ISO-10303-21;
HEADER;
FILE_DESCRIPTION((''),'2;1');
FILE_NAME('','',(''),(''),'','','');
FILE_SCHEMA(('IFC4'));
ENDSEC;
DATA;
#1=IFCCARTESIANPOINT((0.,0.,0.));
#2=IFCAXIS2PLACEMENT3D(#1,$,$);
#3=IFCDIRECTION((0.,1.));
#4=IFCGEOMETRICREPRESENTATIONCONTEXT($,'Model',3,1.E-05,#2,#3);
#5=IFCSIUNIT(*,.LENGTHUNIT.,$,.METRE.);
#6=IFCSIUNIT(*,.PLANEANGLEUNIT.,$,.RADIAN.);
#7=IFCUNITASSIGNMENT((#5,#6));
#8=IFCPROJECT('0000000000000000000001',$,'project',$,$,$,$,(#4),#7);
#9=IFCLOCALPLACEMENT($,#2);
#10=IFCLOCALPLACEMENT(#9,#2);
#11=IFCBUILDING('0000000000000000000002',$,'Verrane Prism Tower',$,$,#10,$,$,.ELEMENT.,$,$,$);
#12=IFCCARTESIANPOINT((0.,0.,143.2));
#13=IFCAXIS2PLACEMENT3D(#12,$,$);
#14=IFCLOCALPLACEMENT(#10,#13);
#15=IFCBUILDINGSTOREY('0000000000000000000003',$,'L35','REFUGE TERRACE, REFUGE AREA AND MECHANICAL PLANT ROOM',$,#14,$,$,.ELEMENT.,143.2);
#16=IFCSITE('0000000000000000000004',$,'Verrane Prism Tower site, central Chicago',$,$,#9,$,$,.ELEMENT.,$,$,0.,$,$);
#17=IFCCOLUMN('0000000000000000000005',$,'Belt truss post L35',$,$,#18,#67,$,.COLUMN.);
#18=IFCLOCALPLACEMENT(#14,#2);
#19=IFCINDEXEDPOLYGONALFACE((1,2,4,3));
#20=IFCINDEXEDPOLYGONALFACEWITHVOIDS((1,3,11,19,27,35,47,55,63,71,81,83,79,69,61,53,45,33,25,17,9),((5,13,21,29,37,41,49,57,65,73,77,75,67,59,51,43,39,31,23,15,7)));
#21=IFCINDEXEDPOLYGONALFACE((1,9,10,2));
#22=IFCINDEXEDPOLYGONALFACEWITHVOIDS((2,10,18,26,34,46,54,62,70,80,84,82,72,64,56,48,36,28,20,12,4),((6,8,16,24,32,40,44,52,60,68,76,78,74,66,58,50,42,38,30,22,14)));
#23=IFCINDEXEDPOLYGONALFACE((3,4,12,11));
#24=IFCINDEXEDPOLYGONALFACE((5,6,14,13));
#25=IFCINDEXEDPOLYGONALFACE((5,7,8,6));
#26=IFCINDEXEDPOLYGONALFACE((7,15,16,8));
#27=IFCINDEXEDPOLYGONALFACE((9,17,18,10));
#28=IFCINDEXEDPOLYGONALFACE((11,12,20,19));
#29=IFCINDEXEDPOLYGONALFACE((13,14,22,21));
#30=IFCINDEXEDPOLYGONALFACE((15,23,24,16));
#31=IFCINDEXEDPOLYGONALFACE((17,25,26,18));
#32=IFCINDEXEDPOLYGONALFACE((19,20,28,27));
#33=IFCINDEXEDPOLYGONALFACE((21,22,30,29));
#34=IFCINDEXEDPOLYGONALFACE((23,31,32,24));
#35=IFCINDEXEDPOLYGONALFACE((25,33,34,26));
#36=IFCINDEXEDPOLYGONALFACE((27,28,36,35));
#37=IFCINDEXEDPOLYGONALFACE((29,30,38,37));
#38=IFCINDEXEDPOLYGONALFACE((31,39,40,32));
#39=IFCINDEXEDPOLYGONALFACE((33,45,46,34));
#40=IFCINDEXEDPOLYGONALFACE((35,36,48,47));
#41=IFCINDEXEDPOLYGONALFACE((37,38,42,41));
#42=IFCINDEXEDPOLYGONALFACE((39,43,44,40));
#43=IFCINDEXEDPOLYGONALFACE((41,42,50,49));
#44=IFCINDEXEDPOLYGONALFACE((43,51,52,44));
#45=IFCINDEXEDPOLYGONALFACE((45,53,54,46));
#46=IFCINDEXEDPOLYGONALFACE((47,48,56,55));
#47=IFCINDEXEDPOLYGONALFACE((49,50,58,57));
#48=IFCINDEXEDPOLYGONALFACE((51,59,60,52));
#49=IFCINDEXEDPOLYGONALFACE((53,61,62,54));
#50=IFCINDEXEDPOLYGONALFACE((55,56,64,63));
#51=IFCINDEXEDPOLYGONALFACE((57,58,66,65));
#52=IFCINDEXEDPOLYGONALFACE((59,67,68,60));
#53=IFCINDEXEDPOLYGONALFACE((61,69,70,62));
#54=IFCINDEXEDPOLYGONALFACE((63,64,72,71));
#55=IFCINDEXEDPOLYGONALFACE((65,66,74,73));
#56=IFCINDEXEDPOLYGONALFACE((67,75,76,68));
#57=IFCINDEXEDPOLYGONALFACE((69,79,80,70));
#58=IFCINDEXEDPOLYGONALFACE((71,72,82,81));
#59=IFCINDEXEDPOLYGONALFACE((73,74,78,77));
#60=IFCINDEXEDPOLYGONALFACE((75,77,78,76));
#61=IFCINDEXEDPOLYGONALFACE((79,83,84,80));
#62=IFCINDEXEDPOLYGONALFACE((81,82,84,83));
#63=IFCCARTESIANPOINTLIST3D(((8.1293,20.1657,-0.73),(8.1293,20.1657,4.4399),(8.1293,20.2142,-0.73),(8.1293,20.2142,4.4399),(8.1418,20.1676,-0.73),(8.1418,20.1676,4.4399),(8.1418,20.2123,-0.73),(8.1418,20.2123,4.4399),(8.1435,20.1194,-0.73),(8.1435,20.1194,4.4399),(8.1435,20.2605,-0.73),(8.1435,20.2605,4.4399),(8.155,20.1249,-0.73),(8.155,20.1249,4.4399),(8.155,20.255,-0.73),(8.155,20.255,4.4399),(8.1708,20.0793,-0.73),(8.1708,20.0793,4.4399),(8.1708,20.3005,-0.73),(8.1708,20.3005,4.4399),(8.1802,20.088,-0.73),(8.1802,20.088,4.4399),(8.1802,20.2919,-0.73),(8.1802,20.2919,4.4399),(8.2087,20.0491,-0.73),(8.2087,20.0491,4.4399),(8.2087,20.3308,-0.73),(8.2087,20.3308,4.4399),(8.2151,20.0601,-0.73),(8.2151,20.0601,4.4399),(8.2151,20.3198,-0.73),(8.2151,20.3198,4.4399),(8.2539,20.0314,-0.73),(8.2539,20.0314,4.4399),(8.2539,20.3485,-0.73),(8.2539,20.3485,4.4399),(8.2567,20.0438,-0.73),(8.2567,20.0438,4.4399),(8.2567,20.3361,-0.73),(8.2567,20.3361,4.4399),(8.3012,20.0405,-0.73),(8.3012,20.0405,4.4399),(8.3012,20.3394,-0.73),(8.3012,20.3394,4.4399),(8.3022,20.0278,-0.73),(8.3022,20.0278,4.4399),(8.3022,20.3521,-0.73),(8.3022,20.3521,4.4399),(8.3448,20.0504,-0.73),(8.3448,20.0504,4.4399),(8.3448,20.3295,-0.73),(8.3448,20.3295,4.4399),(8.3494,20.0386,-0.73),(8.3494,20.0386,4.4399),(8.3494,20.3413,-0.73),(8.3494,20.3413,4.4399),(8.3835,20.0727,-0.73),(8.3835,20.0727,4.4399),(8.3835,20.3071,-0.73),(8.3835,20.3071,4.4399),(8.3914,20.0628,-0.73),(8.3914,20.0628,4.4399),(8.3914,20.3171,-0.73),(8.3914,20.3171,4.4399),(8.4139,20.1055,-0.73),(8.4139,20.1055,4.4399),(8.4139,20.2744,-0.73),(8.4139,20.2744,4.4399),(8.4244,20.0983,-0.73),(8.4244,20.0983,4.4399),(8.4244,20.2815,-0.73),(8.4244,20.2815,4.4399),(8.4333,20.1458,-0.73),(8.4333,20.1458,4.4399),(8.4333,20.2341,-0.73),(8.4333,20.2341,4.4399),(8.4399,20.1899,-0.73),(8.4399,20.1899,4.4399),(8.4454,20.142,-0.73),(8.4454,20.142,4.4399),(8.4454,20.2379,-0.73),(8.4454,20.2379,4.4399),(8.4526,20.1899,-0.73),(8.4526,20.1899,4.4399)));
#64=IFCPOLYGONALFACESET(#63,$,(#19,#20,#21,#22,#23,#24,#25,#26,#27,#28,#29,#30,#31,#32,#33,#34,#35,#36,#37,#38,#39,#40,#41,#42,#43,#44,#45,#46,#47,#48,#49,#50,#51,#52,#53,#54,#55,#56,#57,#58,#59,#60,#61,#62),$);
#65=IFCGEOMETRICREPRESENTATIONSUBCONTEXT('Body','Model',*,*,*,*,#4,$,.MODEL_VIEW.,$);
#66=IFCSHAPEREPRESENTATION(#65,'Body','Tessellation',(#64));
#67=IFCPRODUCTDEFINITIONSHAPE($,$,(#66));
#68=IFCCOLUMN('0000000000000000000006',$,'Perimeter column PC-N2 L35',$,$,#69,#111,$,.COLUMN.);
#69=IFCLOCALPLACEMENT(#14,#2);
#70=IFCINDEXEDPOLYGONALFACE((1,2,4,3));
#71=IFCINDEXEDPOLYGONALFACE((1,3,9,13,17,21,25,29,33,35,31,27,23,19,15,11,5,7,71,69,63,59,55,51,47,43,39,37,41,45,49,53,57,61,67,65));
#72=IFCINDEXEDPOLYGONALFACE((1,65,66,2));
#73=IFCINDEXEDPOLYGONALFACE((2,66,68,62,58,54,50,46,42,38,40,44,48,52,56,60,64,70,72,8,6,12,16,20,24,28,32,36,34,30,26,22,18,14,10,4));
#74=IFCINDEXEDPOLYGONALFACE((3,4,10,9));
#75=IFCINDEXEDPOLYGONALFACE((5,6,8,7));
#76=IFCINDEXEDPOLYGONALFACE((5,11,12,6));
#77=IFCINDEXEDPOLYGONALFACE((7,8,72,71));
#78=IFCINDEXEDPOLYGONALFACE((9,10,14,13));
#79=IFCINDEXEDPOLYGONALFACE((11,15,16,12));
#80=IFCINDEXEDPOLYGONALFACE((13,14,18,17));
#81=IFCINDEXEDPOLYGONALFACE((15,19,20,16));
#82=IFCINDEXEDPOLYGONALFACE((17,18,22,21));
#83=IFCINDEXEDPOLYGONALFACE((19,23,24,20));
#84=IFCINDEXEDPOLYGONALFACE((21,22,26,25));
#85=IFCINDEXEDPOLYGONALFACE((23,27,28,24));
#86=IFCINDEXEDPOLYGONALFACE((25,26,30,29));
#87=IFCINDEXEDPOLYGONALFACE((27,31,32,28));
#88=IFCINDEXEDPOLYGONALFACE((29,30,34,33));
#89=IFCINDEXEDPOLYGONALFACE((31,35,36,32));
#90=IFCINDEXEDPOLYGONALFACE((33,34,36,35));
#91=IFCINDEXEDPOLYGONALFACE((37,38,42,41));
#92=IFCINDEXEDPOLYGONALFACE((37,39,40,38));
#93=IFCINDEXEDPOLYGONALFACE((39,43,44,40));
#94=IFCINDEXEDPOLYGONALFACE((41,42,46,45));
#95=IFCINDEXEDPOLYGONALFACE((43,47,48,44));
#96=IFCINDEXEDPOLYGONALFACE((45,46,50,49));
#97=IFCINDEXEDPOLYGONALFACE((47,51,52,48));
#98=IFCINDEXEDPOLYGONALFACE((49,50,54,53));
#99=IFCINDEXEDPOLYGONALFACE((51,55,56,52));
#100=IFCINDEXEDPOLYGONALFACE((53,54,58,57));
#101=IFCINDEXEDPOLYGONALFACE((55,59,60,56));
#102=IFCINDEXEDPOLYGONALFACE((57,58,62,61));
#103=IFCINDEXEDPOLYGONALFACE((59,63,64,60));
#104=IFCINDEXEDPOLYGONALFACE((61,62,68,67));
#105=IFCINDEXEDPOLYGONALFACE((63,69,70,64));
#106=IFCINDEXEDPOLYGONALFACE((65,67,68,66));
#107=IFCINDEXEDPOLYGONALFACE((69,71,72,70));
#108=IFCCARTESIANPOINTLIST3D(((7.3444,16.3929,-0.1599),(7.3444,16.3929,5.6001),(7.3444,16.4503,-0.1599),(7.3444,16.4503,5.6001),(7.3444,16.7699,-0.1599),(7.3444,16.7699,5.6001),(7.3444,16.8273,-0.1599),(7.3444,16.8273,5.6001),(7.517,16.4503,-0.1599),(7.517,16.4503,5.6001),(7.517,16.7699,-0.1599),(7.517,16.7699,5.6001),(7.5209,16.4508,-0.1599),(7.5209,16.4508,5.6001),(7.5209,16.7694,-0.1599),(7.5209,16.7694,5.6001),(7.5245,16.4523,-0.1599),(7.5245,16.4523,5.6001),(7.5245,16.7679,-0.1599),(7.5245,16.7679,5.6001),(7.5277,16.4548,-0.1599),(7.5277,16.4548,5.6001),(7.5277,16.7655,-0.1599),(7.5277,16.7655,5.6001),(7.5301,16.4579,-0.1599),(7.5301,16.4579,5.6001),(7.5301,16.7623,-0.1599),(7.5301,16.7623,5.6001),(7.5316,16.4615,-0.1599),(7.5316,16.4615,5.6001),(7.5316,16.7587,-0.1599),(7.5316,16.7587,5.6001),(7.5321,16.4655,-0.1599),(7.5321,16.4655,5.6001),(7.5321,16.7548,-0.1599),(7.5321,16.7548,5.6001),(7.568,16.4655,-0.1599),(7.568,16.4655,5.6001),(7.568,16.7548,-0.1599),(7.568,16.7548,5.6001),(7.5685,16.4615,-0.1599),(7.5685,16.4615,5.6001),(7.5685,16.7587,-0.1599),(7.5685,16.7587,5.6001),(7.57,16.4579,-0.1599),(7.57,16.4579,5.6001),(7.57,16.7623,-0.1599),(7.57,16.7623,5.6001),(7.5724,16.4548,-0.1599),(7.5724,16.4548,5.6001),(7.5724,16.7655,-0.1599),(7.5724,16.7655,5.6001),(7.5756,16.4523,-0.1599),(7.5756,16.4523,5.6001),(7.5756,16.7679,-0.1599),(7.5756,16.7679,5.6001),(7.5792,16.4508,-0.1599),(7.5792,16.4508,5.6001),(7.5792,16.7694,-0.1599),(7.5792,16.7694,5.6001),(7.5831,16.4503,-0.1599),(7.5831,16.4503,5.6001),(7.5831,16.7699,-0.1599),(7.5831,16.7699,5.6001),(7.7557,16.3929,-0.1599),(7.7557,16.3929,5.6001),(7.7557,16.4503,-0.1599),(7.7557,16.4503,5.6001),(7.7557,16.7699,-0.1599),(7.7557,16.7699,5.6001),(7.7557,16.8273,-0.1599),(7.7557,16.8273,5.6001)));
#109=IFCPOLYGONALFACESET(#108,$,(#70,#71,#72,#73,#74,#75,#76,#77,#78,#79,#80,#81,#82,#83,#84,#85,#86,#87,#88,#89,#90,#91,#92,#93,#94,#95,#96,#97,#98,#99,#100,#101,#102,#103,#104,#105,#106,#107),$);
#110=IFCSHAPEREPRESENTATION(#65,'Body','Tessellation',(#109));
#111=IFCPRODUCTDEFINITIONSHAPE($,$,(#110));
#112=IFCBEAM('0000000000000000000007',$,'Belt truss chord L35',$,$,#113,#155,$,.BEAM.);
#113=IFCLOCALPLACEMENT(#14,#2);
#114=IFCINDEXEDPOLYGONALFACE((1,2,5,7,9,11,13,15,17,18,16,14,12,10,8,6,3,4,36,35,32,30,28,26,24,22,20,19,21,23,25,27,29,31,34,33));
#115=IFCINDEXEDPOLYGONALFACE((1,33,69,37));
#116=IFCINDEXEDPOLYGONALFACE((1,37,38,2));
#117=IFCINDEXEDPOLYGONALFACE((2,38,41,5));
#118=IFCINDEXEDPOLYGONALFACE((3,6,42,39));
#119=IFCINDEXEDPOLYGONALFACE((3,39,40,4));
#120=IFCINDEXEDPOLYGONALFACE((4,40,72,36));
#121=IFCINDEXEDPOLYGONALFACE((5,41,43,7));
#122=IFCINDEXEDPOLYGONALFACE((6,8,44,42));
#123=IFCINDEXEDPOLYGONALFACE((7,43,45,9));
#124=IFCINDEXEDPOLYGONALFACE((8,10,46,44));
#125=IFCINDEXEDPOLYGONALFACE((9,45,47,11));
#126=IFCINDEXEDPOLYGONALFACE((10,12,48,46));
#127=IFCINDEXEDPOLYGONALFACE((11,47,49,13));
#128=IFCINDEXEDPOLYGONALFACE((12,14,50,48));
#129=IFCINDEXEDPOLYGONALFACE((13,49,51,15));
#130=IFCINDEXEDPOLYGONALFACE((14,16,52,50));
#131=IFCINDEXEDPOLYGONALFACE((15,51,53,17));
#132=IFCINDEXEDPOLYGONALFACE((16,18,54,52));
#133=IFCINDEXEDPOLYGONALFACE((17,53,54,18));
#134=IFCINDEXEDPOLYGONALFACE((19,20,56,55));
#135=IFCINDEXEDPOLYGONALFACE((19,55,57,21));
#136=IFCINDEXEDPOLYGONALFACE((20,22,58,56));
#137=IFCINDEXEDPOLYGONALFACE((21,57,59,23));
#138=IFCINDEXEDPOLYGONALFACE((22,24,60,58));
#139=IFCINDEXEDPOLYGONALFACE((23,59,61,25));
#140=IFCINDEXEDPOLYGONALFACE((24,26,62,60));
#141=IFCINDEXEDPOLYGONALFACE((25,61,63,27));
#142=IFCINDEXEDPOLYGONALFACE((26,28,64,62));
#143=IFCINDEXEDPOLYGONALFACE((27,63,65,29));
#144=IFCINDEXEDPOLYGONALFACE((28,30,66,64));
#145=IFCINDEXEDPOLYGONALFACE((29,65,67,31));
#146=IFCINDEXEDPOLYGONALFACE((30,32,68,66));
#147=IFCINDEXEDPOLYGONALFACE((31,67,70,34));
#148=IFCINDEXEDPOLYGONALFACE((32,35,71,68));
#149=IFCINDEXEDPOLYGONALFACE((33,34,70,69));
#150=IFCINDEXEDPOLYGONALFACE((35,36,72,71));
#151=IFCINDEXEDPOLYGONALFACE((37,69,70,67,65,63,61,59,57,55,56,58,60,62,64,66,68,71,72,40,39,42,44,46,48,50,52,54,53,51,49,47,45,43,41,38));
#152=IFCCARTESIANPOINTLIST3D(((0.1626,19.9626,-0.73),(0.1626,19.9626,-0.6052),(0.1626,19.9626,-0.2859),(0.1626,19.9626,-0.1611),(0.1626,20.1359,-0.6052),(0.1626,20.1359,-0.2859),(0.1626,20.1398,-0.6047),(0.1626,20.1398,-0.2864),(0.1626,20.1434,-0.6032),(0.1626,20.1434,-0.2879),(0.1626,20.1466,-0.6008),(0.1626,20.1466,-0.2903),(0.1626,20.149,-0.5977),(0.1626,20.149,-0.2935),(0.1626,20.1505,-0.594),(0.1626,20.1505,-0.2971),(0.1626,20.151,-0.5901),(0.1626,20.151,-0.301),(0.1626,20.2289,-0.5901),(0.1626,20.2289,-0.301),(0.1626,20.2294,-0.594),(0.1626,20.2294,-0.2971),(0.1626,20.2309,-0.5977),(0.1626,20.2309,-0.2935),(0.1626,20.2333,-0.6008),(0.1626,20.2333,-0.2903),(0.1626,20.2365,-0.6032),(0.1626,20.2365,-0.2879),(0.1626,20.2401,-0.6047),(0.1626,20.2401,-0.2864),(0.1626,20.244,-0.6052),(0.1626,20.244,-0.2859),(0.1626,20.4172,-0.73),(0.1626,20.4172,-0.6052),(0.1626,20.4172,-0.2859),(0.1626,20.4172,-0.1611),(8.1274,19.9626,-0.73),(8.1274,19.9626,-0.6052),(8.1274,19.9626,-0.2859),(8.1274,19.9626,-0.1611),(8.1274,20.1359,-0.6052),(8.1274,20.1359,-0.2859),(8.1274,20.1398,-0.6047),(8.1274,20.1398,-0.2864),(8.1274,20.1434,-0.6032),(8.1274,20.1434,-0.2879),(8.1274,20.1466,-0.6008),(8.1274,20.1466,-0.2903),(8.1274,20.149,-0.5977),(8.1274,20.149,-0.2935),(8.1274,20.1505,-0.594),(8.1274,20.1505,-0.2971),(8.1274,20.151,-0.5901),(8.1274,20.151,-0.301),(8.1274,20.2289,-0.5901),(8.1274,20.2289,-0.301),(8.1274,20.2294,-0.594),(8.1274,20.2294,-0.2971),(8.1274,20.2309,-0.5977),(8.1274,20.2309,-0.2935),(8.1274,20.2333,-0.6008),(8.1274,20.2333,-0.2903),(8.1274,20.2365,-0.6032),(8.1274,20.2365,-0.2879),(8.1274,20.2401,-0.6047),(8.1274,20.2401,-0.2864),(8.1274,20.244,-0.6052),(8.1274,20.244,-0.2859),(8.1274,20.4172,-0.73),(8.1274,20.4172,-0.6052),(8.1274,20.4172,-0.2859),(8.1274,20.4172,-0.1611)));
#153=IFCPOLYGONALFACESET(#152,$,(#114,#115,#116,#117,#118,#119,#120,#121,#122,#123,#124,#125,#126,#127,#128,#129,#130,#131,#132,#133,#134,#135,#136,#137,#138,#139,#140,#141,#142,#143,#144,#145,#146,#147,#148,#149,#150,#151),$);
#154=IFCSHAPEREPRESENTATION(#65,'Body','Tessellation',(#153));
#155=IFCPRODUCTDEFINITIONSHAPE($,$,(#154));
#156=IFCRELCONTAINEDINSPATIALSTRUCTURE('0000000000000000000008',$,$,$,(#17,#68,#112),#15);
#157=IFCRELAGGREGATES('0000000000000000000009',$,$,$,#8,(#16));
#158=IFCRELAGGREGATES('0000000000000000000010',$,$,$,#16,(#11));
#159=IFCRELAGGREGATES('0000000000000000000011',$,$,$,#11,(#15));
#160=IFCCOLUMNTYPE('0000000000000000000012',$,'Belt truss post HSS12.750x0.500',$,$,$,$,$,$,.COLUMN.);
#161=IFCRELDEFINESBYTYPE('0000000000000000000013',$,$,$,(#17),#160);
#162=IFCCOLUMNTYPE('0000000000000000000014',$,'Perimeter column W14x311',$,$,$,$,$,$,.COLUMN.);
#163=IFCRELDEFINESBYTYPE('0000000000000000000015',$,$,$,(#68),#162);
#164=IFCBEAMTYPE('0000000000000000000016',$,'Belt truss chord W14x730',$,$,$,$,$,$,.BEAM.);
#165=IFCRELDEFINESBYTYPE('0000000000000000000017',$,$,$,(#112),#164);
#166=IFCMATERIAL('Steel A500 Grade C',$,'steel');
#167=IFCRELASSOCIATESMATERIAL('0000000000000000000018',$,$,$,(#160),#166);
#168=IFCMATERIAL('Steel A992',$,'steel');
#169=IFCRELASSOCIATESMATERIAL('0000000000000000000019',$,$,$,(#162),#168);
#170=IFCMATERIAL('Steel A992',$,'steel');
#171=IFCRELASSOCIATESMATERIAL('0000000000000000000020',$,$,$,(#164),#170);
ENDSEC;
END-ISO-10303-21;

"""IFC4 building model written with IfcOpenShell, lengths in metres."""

from ifc_helpers import new_model, si_unit, direction, frame, origin, origin_2d, place, context, subcontext, project, spatial, hollow_circle, i_section, extrude, material, material_profile, profile_set, type_object, element, save


model = new_model("IFC4")

# Units and contexts
model_context = context("Model", 3, precision=1e-05, world=origin(), true_north=direction((0.0, 1.0)))
body_context = subcontext(model_context, "Body", "Model", "MODEL_VIEW")
ifc_project = project(units=[si_unit("LENGTHUNIT", "METRE"), si_unit("PLANEANGLEUNIT", "RADIAN")], contexts=[model_context])

# Site, building, storey
site_placement = place(None, origin())
site = spatial("IfcSite", under=ifc_project, at=site_placement, Name="Verrane Prism Tower site, central Chicago", CompositionType="ELEMENT", RefElevation=0.0)
building_placement = place(site_placement, origin())
building = spatial("IfcBuilding", under=site, at=building_placement, Name="Verrane Prism Tower", CompositionType="ELEMENT")
storey_placement = place(building_placement, frame((0.0, 0.0, 143.2)))
storey = spatial("IfcBuildingStorey", under=building, at=storey_placement, Name="L35", Description="REFUGE TERRACE, REFUGE AREA AND MECHANICAL PLANT ROOM", CompositionType="ELEMENT", Elevation=143.2)

# Columns
ifc_material_1 = material(Name="Steel A500 Grade C", Category="steel")
ifc_material_profile_1 = material_profile(ifc_material_1, hollow_circle(Radius=0.1626, WallThickness=0.0127, at=origin_2d()), Name="HSS12.750x0.500")
ifc_profile_set_1 = profile_set([ifc_material_profile_1], Name="Steel A500 Grade C")
column_type_1 = type_object("IfcColumnType", Name="Belt truss post HSS12.750x0.500", PredefinedType="COLUMN", material=ifc_profile_set_1)
column_1_placement = place(storey_placement, frame((8.29, 20.1899, -0.73), z_axis=(0.0, 0.0, 1.0), x_axis=(1.0, 0.0, 0.0)))
element("IfcColumn", 1, at=column_1_placement, inside=storey, type_object=column_type_1, Name="Belt truss post L35", PredefinedType="COLUMN", context=body_context, shape_type="SweptSolid", body=[
    extrude(hollow_circle(Radius=0.1626, WallThickness=0.0127, at=origin_2d()), origin(), (0.0, 0.0, 1.0), 5.1699),
])
ifc_material_2 = material(Name="Steel A992", Category="steel")
ifc_material_profile_2 = material_profile(ifc_material_2, i_section(OverallWidth=0.4114, OverallDepth=0.4343, WebThickness=0.0359, FlangeThickness=0.0574, FilletRadius=0.0151, at=origin_2d()), Name="W14x311")
ifc_profile_set_2 = profile_set([ifc_material_profile_2], Name="Steel A992")
column_type_2 = type_object("IfcColumnType", Name="Perimeter column W14x311", PredefinedType="COLUMN", material=ifc_profile_set_2)
column_2_placement = place(storey_placement, frame((7.55, 16.6101, -0.1599), z_axis=(0.0, 0.0, 1.0), x_axis=(1.0, 0.0, 0.0)))
element("IfcColumn", 2, at=column_2_placement, inside=storey, type_object=column_type_2, Name="Perimeter column PC-N2 L35", PredefinedType="COLUMN", context=body_context, shape_type="SweptSolid", body=[
    extrude(i_section(OverallWidth=0.4114, OverallDepth=0.4343, WebThickness=0.0359, FlangeThickness=0.0574, FilletRadius=0.0151, at=origin_2d()), origin(), (0.0, 0.0, 1.0), 5.76),
])

# Beam
ifc_material_3 = material(Name="Steel A992", Category="steel")
ifc_material_profile_3 = material_profile(ifc_material_3, i_section(OverallWidth=0.4546, OverallDepth=0.5688, WebThickness=0.0779, FlangeThickness=0.1248, FilletRadius=0.0151, at=origin_2d()), Name="W14x730")
ifc_profile_set_3 = profile_set([ifc_material_profile_3], Name="Steel A992")
beam_type_1 = type_object("IfcBeamType", Name="Belt truss chord W14x730", PredefinedType="BEAM", material=ifc_profile_set_3)
beam_1_placement = place(storey_placement, frame((8.1274, 20.1899, -0.4456), z_axis=(-1.0, 0.0, 0.0), x_axis=(0.0, -1.0, 0.0)))
element("IfcBeam", 3, at=beam_1_placement, inside=storey, type_object=beam_type_1, Name="Belt truss chord L35", PredefinedType="BEAM", context=body_context, shape_type="SweptSolid", body=[
    extrude(i_section(OverallWidth=0.4546, OverallDepth=0.5688, WebThickness=0.0779, FlangeThickness=0.1248, FilletRadius=0.0151, at=origin_2d()), origin(), (0.0, 0.0, 1.0), 7.9648),
])

save(model, "model.ifc")
